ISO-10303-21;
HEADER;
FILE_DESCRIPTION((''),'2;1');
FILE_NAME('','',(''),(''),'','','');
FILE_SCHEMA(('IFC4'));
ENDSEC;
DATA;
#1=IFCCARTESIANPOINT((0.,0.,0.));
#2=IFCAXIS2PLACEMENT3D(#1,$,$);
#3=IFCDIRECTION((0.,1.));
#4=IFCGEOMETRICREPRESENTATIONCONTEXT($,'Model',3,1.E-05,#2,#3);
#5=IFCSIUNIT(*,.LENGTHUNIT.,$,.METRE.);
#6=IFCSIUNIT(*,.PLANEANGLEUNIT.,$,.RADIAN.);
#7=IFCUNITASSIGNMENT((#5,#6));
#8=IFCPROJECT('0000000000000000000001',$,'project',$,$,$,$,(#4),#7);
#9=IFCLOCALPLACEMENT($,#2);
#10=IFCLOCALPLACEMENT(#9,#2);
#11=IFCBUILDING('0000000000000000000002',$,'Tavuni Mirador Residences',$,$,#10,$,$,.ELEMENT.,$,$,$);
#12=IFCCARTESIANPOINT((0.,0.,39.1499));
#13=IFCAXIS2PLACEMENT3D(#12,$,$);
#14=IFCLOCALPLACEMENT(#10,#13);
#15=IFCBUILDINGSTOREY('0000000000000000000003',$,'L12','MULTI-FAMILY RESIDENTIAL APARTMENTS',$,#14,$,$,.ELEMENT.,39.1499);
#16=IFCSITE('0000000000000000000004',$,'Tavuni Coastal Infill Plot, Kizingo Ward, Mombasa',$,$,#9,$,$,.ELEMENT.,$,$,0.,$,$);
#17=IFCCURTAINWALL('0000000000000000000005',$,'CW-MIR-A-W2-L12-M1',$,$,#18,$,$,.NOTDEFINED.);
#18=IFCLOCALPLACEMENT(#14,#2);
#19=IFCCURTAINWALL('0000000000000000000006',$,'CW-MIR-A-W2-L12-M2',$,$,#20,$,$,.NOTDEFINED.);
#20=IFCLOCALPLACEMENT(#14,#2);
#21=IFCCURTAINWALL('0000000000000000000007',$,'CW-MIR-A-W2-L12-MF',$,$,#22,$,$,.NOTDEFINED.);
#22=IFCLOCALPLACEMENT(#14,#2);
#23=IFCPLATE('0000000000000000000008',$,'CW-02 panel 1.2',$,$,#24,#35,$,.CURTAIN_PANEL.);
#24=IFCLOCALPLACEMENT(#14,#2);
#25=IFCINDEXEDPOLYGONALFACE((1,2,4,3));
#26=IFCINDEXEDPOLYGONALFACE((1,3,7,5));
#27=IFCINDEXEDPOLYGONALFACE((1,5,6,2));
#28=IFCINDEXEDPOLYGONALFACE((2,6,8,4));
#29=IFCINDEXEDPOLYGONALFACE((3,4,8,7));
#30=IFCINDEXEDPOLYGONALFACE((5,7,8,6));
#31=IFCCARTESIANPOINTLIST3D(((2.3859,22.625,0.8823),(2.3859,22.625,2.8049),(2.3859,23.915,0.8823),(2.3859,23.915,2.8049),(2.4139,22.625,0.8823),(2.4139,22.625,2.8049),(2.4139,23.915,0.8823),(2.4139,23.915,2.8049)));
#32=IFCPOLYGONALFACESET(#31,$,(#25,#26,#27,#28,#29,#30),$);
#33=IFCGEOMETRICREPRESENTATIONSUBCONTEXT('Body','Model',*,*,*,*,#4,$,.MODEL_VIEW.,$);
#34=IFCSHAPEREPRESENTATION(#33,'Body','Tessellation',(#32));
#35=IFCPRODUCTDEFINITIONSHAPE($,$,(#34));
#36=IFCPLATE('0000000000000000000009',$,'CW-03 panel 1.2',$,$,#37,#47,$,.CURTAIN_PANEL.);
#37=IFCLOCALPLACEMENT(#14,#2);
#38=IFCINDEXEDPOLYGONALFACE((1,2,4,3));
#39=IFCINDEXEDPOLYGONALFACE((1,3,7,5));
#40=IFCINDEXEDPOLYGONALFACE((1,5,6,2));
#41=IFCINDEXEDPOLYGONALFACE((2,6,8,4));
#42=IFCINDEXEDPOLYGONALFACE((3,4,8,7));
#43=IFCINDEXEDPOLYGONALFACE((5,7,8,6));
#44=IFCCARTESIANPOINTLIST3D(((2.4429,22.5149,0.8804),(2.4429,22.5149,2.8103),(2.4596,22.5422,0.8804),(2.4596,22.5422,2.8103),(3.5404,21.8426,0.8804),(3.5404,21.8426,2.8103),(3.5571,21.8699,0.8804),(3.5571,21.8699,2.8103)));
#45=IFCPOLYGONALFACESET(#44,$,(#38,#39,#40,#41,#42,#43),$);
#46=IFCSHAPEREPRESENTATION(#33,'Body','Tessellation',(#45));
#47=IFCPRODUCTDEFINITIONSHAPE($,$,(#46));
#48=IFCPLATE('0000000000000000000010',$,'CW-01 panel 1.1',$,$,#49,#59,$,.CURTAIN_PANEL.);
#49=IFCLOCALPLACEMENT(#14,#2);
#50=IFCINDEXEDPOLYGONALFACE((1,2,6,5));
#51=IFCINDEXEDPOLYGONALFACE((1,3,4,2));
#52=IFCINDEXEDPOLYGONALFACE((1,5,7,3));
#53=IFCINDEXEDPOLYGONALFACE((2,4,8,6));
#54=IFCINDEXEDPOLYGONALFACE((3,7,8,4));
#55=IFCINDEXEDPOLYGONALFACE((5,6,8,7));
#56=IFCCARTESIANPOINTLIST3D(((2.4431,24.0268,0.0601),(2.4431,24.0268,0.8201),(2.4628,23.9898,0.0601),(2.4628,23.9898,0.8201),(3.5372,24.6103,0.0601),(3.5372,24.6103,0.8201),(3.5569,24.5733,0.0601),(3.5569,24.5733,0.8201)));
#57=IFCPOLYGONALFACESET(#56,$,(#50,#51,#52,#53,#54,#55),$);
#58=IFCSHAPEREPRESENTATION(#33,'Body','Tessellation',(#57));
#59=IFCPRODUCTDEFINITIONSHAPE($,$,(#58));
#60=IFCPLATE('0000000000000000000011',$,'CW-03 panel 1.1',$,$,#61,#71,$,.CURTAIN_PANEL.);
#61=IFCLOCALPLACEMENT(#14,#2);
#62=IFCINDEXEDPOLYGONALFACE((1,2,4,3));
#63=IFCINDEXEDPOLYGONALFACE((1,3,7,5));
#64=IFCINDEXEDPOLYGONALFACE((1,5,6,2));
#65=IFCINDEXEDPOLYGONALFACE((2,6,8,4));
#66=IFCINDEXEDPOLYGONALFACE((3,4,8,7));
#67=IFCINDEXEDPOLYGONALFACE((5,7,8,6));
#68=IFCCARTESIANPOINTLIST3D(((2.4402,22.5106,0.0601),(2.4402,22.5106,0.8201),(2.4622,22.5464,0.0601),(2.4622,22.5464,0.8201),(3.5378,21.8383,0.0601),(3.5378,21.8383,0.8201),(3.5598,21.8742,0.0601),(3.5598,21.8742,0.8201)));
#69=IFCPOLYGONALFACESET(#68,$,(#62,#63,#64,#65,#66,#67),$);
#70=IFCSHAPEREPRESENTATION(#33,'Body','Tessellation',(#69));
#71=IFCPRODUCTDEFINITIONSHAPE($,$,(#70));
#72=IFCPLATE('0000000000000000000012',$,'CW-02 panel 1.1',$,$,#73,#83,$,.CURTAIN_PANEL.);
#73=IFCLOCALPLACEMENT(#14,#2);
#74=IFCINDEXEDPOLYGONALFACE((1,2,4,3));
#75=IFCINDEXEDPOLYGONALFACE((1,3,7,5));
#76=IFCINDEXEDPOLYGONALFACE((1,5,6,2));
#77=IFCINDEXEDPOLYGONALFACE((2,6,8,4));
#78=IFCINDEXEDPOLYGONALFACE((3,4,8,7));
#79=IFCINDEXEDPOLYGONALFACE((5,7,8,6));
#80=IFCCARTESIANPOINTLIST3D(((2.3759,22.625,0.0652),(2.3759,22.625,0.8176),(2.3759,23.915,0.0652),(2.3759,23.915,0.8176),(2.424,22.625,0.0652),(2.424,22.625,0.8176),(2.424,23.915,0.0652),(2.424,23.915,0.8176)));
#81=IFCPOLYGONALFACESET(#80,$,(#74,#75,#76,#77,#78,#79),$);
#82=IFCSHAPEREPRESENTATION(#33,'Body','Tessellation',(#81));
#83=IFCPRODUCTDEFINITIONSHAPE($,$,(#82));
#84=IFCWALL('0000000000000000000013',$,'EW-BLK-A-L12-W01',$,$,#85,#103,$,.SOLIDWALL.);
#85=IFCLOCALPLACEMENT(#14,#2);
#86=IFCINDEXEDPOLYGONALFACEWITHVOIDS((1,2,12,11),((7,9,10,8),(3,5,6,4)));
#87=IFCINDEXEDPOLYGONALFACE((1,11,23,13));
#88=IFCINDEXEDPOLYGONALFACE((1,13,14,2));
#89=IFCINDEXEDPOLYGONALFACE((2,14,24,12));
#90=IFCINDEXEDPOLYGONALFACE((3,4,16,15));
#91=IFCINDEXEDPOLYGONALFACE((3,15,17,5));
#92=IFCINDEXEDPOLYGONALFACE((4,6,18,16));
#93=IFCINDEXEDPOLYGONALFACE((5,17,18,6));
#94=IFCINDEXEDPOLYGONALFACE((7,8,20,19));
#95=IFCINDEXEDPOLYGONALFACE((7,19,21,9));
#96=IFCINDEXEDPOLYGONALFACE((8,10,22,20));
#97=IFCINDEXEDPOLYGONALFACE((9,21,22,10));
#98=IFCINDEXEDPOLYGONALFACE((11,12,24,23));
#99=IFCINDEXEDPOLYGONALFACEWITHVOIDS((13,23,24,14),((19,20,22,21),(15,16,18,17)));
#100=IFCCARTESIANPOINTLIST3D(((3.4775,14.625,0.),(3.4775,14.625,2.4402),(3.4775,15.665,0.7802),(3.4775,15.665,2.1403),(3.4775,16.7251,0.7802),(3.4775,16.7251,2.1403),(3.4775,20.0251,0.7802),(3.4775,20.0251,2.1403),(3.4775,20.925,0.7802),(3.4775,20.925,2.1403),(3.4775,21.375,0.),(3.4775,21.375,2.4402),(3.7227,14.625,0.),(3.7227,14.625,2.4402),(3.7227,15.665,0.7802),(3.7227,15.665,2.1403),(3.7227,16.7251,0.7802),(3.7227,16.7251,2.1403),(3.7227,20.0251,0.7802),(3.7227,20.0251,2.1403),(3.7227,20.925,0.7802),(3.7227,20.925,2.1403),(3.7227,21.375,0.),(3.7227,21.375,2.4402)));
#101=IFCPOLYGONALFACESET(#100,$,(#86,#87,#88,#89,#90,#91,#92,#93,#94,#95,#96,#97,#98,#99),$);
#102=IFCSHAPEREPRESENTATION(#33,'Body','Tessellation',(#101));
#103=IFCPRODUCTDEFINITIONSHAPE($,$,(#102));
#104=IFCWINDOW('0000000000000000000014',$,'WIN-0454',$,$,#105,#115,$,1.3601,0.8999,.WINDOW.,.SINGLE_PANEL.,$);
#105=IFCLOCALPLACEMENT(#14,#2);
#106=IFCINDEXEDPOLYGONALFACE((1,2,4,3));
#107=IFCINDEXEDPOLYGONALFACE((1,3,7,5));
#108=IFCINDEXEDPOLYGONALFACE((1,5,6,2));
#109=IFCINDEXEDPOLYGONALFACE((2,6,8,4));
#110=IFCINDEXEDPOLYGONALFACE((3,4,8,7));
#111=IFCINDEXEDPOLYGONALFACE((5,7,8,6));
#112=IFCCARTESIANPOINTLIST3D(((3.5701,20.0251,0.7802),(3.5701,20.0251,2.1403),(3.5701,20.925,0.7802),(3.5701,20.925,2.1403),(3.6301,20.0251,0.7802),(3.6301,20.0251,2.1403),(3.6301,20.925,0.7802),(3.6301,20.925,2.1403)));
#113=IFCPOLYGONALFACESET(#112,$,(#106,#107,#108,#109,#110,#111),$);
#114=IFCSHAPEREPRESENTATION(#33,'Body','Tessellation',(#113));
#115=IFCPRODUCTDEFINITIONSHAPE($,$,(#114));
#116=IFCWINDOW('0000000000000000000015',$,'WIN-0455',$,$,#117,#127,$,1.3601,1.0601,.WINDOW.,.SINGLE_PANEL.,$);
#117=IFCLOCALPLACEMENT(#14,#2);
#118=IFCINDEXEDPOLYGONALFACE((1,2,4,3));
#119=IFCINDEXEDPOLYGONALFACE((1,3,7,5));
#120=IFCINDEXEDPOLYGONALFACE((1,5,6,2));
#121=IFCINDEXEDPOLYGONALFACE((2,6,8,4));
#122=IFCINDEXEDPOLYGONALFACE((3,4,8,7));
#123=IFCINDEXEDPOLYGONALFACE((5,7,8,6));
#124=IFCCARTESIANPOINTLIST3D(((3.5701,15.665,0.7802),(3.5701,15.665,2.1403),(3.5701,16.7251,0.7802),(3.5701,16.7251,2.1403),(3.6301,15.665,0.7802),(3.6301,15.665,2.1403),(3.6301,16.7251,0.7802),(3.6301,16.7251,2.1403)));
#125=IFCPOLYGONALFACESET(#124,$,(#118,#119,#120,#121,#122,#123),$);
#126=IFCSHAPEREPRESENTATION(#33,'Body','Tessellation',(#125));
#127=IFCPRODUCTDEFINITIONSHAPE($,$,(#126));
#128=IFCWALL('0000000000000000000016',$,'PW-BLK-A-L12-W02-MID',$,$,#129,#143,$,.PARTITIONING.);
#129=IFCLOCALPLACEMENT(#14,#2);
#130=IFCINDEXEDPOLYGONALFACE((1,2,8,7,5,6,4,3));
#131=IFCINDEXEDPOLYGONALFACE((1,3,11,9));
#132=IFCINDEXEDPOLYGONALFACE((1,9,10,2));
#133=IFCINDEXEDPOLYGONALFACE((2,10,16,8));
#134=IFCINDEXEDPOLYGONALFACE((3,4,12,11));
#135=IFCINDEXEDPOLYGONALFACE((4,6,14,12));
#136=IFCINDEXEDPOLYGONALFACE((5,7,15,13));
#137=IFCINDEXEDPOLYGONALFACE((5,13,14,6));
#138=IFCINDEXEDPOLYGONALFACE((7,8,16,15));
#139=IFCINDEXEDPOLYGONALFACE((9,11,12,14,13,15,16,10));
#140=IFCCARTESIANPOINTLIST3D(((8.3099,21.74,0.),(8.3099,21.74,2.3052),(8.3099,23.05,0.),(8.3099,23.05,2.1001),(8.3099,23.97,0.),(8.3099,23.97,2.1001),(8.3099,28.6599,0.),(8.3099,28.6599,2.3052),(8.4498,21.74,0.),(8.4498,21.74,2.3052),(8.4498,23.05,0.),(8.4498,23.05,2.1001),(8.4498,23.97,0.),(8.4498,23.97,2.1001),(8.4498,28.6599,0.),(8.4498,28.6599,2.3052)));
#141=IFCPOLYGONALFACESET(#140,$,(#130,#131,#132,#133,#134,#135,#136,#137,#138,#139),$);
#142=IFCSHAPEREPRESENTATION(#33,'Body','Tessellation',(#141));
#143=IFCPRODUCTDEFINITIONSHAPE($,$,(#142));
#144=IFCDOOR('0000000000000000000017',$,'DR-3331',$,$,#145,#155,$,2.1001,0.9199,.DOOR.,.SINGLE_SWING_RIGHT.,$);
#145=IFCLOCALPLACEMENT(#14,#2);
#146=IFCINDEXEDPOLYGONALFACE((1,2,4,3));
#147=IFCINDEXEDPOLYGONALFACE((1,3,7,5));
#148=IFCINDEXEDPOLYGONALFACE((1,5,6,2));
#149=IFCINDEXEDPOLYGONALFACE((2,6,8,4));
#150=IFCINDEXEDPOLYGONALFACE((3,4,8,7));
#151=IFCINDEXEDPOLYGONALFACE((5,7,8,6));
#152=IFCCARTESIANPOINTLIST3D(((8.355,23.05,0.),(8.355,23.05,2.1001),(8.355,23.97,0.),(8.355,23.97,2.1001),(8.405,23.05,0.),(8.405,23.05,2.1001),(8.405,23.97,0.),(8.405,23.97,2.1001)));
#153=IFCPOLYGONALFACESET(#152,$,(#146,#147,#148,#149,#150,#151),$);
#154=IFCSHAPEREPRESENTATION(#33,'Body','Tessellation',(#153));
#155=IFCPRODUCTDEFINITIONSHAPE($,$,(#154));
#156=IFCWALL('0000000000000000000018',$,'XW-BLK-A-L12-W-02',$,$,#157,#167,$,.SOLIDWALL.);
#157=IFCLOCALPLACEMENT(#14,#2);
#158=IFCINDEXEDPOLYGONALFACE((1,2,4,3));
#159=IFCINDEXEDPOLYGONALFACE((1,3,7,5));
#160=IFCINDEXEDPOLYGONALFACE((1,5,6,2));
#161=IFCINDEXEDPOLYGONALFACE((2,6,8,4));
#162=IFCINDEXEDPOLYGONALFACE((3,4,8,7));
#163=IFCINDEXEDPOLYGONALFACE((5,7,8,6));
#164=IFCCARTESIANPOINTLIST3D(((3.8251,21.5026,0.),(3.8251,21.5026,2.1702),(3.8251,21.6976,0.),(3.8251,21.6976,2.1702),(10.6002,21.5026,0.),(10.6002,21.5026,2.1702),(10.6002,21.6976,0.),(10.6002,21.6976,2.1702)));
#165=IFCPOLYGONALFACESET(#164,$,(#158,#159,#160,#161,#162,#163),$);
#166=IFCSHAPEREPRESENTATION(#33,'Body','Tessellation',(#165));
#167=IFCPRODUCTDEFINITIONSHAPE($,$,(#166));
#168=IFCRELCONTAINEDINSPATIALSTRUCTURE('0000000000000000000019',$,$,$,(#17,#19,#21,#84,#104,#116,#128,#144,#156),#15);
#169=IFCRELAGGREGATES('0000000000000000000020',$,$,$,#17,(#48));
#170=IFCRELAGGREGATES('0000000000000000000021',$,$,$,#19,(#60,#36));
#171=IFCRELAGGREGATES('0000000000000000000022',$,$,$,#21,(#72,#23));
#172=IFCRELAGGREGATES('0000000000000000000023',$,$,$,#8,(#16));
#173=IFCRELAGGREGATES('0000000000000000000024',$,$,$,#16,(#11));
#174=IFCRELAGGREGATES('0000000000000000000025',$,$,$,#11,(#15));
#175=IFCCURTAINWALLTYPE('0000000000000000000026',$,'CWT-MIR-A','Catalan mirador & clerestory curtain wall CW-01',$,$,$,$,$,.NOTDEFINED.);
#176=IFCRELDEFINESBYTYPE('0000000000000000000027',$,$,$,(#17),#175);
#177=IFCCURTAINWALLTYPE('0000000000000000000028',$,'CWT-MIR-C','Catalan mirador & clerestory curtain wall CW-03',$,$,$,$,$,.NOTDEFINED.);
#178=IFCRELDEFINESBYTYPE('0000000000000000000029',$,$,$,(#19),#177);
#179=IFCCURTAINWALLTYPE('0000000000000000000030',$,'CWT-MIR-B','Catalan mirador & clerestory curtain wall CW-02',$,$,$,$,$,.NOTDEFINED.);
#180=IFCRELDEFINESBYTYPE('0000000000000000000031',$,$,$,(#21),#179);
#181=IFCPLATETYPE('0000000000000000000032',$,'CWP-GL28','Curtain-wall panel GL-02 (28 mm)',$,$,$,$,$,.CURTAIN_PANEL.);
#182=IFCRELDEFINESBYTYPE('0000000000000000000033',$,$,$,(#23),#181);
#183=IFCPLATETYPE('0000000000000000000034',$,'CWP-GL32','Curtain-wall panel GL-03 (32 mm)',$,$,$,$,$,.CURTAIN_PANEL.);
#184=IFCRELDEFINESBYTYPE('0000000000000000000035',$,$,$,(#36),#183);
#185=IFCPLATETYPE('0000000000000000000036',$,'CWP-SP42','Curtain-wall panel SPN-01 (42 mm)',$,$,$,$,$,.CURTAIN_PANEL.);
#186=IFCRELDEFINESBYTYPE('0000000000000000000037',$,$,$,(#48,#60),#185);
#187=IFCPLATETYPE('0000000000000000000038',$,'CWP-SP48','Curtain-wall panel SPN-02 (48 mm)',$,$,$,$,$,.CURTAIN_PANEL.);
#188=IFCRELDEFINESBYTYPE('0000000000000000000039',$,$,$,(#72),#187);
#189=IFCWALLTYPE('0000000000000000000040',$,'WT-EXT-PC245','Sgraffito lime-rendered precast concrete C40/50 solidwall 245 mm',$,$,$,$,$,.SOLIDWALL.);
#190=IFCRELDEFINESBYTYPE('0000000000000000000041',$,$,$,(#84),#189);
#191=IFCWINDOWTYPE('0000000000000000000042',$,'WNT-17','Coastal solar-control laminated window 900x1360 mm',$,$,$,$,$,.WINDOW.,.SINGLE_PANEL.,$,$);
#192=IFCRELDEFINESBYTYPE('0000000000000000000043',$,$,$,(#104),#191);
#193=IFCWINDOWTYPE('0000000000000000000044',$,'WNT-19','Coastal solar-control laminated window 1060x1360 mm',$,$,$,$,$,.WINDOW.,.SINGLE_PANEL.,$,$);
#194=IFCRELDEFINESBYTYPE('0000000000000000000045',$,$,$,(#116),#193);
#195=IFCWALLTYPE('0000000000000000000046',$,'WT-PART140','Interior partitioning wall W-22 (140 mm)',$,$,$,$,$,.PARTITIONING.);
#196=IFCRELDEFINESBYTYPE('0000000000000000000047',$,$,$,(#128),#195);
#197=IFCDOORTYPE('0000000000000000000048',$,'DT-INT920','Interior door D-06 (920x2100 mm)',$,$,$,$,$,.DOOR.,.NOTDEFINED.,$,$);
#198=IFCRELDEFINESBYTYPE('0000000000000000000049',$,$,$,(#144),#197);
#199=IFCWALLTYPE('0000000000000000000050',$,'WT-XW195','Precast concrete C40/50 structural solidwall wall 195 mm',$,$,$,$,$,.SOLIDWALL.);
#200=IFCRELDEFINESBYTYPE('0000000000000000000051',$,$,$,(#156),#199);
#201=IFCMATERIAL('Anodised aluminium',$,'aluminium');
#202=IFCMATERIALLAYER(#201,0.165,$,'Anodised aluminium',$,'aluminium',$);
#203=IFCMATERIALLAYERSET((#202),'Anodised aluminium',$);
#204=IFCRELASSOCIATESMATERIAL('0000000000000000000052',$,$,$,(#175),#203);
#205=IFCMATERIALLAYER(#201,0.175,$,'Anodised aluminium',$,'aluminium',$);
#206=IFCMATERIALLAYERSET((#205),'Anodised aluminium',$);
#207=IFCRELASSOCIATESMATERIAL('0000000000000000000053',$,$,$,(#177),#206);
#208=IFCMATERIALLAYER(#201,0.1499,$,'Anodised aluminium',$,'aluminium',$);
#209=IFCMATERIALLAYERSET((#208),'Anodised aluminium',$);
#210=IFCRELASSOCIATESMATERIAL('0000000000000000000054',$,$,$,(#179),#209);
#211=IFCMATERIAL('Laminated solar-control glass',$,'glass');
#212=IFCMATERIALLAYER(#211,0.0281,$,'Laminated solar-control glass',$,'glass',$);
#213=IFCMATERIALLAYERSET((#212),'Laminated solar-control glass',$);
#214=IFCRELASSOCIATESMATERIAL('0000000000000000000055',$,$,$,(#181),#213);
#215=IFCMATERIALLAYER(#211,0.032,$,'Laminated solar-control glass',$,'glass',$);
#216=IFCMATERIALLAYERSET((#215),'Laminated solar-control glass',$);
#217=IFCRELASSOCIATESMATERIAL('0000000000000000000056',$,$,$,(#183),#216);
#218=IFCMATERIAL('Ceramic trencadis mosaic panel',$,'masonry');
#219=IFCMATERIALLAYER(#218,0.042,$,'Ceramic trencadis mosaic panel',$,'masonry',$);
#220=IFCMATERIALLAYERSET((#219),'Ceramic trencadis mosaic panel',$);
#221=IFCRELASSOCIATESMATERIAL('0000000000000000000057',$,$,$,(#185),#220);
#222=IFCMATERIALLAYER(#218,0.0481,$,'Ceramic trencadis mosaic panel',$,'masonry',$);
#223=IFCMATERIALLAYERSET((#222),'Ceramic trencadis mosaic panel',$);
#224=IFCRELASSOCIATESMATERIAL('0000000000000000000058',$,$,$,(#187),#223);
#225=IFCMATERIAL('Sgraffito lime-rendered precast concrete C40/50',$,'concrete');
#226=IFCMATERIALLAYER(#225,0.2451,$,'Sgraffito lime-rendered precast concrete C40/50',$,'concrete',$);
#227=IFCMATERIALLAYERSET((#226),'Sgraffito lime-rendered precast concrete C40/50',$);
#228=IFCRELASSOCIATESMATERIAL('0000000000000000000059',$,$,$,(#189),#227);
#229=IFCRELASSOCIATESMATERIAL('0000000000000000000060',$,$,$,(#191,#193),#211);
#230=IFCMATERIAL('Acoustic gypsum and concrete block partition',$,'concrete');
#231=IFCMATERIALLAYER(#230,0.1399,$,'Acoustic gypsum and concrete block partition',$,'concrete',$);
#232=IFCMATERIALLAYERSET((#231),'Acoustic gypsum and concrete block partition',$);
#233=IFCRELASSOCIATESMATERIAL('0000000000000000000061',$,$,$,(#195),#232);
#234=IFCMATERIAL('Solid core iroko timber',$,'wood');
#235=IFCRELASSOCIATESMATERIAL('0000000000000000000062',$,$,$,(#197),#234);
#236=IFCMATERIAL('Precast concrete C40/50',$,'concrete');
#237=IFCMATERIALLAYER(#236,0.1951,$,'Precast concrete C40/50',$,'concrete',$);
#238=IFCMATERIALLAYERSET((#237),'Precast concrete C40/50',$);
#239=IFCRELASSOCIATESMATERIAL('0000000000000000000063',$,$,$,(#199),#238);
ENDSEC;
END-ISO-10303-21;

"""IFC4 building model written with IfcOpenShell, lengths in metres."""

from ifc_helpers import new_model, si_unit, direction, frame, frame_2d, origin, origin_2d, place, context, subcontext, project, spatial, rectangle, extrude, material, layer, layer_set, type_object, element, fill, aggregate, save


model = new_model("IFC4")

# Units and contexts
model_context = context("Model", 3, precision=1e-05, world=origin(), true_north=direction((0.0, 1.0)))
body_context = subcontext(model_context, "Body", "Model", "MODEL_VIEW")
ifc_project = project(units=[si_unit("LENGTHUNIT", "METRE"), si_unit("PLANEANGLEUNIT", "RADIAN")], contexts=[model_context])

# Site, building, storey
site_placement = place(None, origin())
site = spatial("IfcSite", under=ifc_project, at=site_placement, Name="Tavuni Coastal Infill Plot, Kizingo Ward, Mombasa", CompositionType="ELEMENT", RefElevation=0.0)
building_placement = place(site_placement, origin())
building = spatial("IfcBuilding", under=site, at=building_placement, Name="Tavuni Mirador Residences", CompositionType="ELEMENT")
storey_placement = place(building_placement, frame((0.0, 0.0, 39.1499)))
storey = spatial("IfcBuildingStorey", under=building, at=storey_placement, Name="L12", Description="MULTI-FAMILY RESIDENTIAL APARTMENTS", CompositionType="ELEMENT", Elevation=39.1499)

# Shared definitions
ifc_material_1 = material(Name="Precast concrete C40/50", Category="concrete")

# Curtain wall
ifc_material_2 = material(Name="Anodised aluminium", Category="aluminium")
ifc_layer_1 = layer(ifc_material_2, 0.165, Name="Anodised aluminium", Category="aluminium")
ifc_layer_set_1 = layer_set([ifc_layer_1], Name="Anodised aluminium")
curtain_wall_type_1 = type_object("IfcCurtainWallType", Name="CWT-MIR-A", Description="Catalan mirador & clerestory curtain wall CW-01", PredefinedType="NOTDEFINED", material=ifc_layer_set_1)
curtain_wall_1_placement = place(storey_placement, origin())
curtain_wall_1 = element("IfcCurtainWall", 1, at=curtain_wall_1_placement, inside=storey, type_object=curtain_wall_type_1, Name="CW-MIR-A-W2-L12-M1", PredefinedType="NOTDEFINED")

# Curtain walls
ifc_layer_2 = layer(ifc_material_2, 0.175, Name="Anodised aluminium", Category="aluminium")
ifc_layer_set_2 = layer_set([ifc_layer_2], Name="Anodised aluminium")
curtain_wall_type_2 = type_object("IfcCurtainWallType", Name="CWT-MIR-C", Description="Catalan mirador & clerestory curtain wall CW-03", PredefinedType="NOTDEFINED", material=ifc_layer_set_2)
curtain_wall_2_placement = place(storey_placement, origin())
curtain_wall_2 = element("IfcCurtainWall", 2, at=curtain_wall_2_placement, inside=storey, type_object=curtain_wall_type_2, Name="CW-MIR-A-W2-L12-M2", PredefinedType="NOTDEFINED")
ifc_layer_3 = layer(ifc_material_2, 0.1499, Name="Anodised aluminium", Category="aluminium")
ifc_layer_set_3 = layer_set([ifc_layer_3], Name="Anodised aluminium")
curtain_wall_type_3 = type_object("IfcCurtainWallType", Name="CWT-MIR-B", Description="Catalan mirador & clerestory curtain wall CW-02", PredefinedType="NOTDEFINED", material=ifc_layer_set_3)
curtain_wall_3_placement = place(storey_placement, origin())
curtain_wall_3 = element("IfcCurtainWall", 3, at=curtain_wall_3_placement, inside=storey, type_object=curtain_wall_type_3, Name="CW-MIR-A-W2-L12-MF", PredefinedType="NOTDEFINED")

# Plates
ifc_material_3 = material(Name="Laminated solar-control glass", Category="glass")
ifc_layer_4 = layer(ifc_material_3, 0.0281, Name="Laminated solar-control glass", Category="glass")
ifc_layer_set_4 = layer_set([ifc_layer_4], Name="Laminated solar-control glass")
plate_type_1 = type_object("IfcPlateType", Name="CWP-GL28", Description="Curtain-wall panel GL-02 (28 mm)", PredefinedType="CURTAIN_PANEL", material=ifc_layer_set_4)
plate_1_placement = place(storey_placement, frame((2.3999, 23.27, 0.8823), z_axis=(0.0, 0.0, 1.0), x_axis=(0.0, -1.0, 0.0)))
plate_1 = element("IfcPlate", 4, at=plate_1_placement, type_object=plate_type_1, Name="CW-02 panel 1.2", PredefinedType="CURTAIN_PANEL", context=body_context, shape_type="SweptSolid", body=[
    extrude(rectangle(XDim=1.29, YDim=0.0281, at=origin_2d()), origin(), (0.0, 0.0, 1.0), 1.9226),
])
ifc_layer_5 = layer(ifc_material_3, 0.032, Name="Laminated solar-control glass", Category="glass")
ifc_layer_set_5 = layer_set([ifc_layer_5], Name="Laminated solar-control glass")
plate_type_2 = type_object("IfcPlateType", Name="CWP-GL32", Description="Curtain-wall panel GL-03 (32 mm)", PredefinedType="CURTAIN_PANEL", material=ifc_layer_set_5)
plate_2_placement = place(storey_placement, frame((3.0, 22.1924, 0.8804), z_axis=(0.0, 0.0, 1.0), x_axis=(0.852754, -0.522312, 0.0)))
plate_2 = element("IfcPlate", 5, at=plate_2_placement, type_object=plate_type_2, Name="CW-03 panel 1.2", PredefinedType="CURTAIN_PANEL", context=body_context, shape_type="SweptSolid", body=[
    extrude(rectangle(XDim=1.2871, YDim=0.032, at=origin_2d()), origin(), (0.0, 0.0, 1.0), 1.9299),
])
ifc_material_4 = material(Name="Ceramic trencadis mosaic panel", Category="masonry")
ifc_layer_6 = layer(ifc_material_4, 0.042, Name="Ceramic trencadis mosaic panel", Category="masonry")
ifc_layer_set_6 = layer_set([ifc_layer_6], Name="Ceramic trencadis mosaic panel")
plate_type_3 = type_object("IfcPlateType", Name="CWP-SP42", Description="Curtain-wall panel SPN-01 (42 mm)", PredefinedType="CURTAIN_PANEL", material=ifc_layer_set_6)
plate_3_placement = place(storey_placement, frame((3.0, 24.3, 0.0601), z_axis=(0.0, 0.0, 1.0), x_axis=(-0.882353, -0.470588, 0.0)))
plate_3 = element("IfcPlate", 6, at=plate_3_placement, type_object=plate_type_3, Name="CW-01 panel 1.1", PredefinedType="CURTAIN_PANEL", context=body_context, shape_type="SweptSolid", body=[
    extrude(rectangle(XDim=1.24, YDim=0.042, at=origin_2d()), origin(), (0.0, 0.0, 1.0), 0.76),
])
aggregate(curtain_wall_1, [plate_3])
plate_4_placement = place(storey_placement, frame((3.0, 22.1924, 0.0601), z_axis=(0.0, 0.0, 1.0), x_axis=(0.852754, -0.522312, 0.0)))
plate_4 = element("IfcPlate", 7, at=plate_4_placement, type_object=plate_type_3, Name="CW-03 panel 1.1", PredefinedType="CURTAIN_PANEL", context=body_context, shape_type="SweptSolid", body=[
    extrude(rectangle(XDim=1.2871, YDim=0.042, at=origin_2d()), origin(), (0.0, 0.0, 1.0), 0.76),
])
aggregate(curtain_wall_2, [plate_4, plate_2])
ifc_layer_7 = layer(ifc_material_4, 0.0481, Name="Ceramic trencadis mosaic panel", Category="masonry")
ifc_layer_set_7 = layer_set([ifc_layer_7], Name="Ceramic trencadis mosaic panel")
plate_type_4 = type_object("IfcPlateType", Name="CWP-SP48", Description="Curtain-wall panel SPN-02 (48 mm)", PredefinedType="CURTAIN_PANEL", material=ifc_layer_set_7)
plate_5_placement = place(storey_placement, frame((2.3999, 23.27, 0.0652), z_axis=(0.0, 0.0, 1.0), x_axis=(0.0, -1.0, 0.0)))
plate_5 = element("IfcPlate", 8, at=plate_5_placement, type_object=plate_type_4, Name="CW-02 panel 1.1", PredefinedType="CURTAIN_PANEL", context=body_context, shape_type="SweptSolid", body=[
    extrude(rectangle(XDim=1.29, YDim=0.0481, at=origin_2d()), origin(), (0.0, 0.0, 1.0), 0.7524),
])
aggregate(curtain_wall_3, [plate_5, plate_1])

# Shared definitions
ifc_material_5 = material(Name="Solid core iroko timber", Category="wood")

# Wall, openings, windows
ifc_material_6 = material(Name="Sgraffito lime-rendered precast concrete C40/50", Category="concrete")
ifc_layer_8 = layer(ifc_material_6, 0.2451, Name="Sgraffito lime-rendered precast concrete C40/50", Category="concrete")
ifc_layer_set_8 = layer_set([ifc_layer_8], Name="Sgraffito lime-rendered precast concrete C40/50")
wall_type_1 = type_object("IfcWallType", Name="WT-EXT-PC245", Description="Sgraffito lime-rendered precast concrete C40/50 solidwall 245 mm", PredefinedType="SOLIDWALL", material=ifc_layer_set_8)
wall_1_placement = place(storey_placement, frame((3.6001, 21.375, 0.0), z_axis=(0.0, 0.0, 1.0), x_axis=(0.0, -1.0, 0.0)))
wall_1 = element("IfcWall", 9, at=wall_1_placement, inside=storey, type_object=wall_type_1, Name="EW-BLK-A-L12-W01", PredefinedType="SOLIDWALL", context=body_context, shape_type="SweptSolid", body=[
    extrude(rectangle(XDim=6.75, YDim=0.2451, at=frame_2d((3.375, 0.0))), origin(), (0.0, 0.0, 1.0), 2.4402),
])
opening_1_placement = place(wall_1_placement, frame((0.45, 0.0, 0.78)))
opening_1 = element("IfcOpeningElement", 10, at=opening_1_placement, cuts=wall_1, PredefinedType="OPENING", context=body_context, shape_type="SweptSolid", body=[
    extrude(rectangle(XDim=0.8999, YDim=1.3601, at=frame_2d((0.45, 0.6802))), frame((0.0, 0.1326, 0.0), z_axis=(0.0, -1.0, 0.0), x_axis=(1.0, 0.0, 0.0)), (0.0, 0.0, 1.0), 0.2651),
])
opening_2_placement = place(wall_1_placement, frame((4.6499, 0.0, 0.78)))
opening_2 = element("IfcOpeningElement", 11, at=opening_2_placement, cuts=wall_1, PredefinedType="OPENING", context=body_context, shape_type="SweptSolid", body=[
    extrude(rectangle(XDim=1.0601, YDim=1.3601, at=frame_2d((0.53, 0.6802))), frame((0.0, 0.1326, 0.0), z_axis=(0.0, -1.0, 0.0), x_axis=(1.0, 0.0, 0.0)), (0.0, 0.0, 1.0), 0.2651),
])
window_type_1 = type_object("IfcWindowType", Name="WNT-17", Description="Coastal solar-control laminated window 900x1360 mm", PartitioningType="SINGLE_PANEL", PredefinedType="WINDOW", material=ifc_material_3)
window_1_placement = place(opening_1_placement, origin())
window_1 = element("IfcWindow", 12, at=window_1_placement, inside=storey, type_object=window_type_1, Name="WIN-0454", OverallHeight=1.3601, OverallWidth=0.8999, PartitioningType="SINGLE_PANEL", PredefinedType="WINDOW", context=body_context, shape_type="SweptSolid", body=[
    extrude(rectangle(XDim=0.8999, YDim=1.3601, at=frame_2d((0.45, 0.6802))), frame((0.0, 0.03, 0.0), z_axis=(0.0, -1.0, 0.0), x_axis=(1.0, 0.0, 0.0)), (0.0, 0.0, 1.0), 0.0601),
])
fill(opening_1, window_1)
window_type_2 = type_object("IfcWindowType", Name="WNT-19", Description="Coastal solar-control laminated window 1060x1360 mm", PartitioningType="SINGLE_PANEL", PredefinedType="WINDOW", material=ifc_material_3)
window_2_placement = place(opening_2_placement, origin())
window_2 = element("IfcWindow", 13, at=window_2_placement, inside=storey, type_object=window_type_2, Name="WIN-0455", OverallHeight=1.3601, OverallWidth=1.0601, PartitioningType="SINGLE_PANEL", PredefinedType="WINDOW", context=body_context, shape_type="SweptSolid", body=[
    extrude(rectangle(XDim=1.0601, YDim=1.3601, at=frame_2d((0.53, 0.6802))), frame((0.0, 0.03, 0.0), z_axis=(0.0, -1.0, 0.0), x_axis=(1.0, 0.0, 0.0)), (0.0, 0.0, 1.0), 0.0601),
])
fill(opening_2, window_2)

# Wall, opening, door
ifc_material_7 = material(Name="Acoustic gypsum and concrete block partition", Category="concrete")
ifc_layer_9 = layer(ifc_material_7, 0.1399, Name="Acoustic gypsum and concrete block partition", Category="concrete")
ifc_layer_set_9 = layer_set([ifc_layer_9], Name="Acoustic gypsum and concrete block partition")
wall_type_2 = type_object("IfcWallType", Name="WT-PART140", Description="Interior partitioning wall W-22 (140 mm)", PredefinedType="PARTITIONING", material=ifc_layer_set_9)
wall_2_placement = place(storey_placement, frame((8.3799, 21.74, 0.0), z_axis=(0.0, 0.0, 1.0), x_axis=(0.0, 1.0, 0.0)))
wall_2 = element("IfcWall", 14, at=wall_2_placement, inside=storey, type_object=wall_type_2, Name="PW-BLK-A-L12-W02-MID", PredefinedType="PARTITIONING", context=body_context, shape_type="SweptSolid", body=[
    extrude(rectangle(XDim=6.9199, YDim=0.1399, at=frame_2d((3.46, 0.0))), origin(), (0.0, 0.0, 1.0), 2.3052),
])
opening_3_placement = place(wall_2_placement, frame((1.3101, 0.0, 0.0)))
opening_3 = element("IfcOpeningElement", 15, at=opening_3_placement, cuts=wall_2, PredefinedType="OPENING", context=body_context, shape_type="SweptSolid", body=[
    extrude(rectangle(XDim=0.9199, YDim=2.1001, at=frame_2d((0.46, 1.05))), frame((0.0, 0.0801, 0.0), z_axis=(0.0, -1.0, 0.0), x_axis=(1.0, 0.0, 0.0)), (0.0, 0.0, 1.0), 0.1599),
])
door_type_1 = type_object("IfcDoorType", Name="DT-INT920", Description="Interior door D-06 (920x2100 mm)", OperationType="NOTDEFINED", PredefinedType="DOOR", material=ifc_material_5)
door_1_placement = place(opening_3_placement, origin())
door_1 = element("IfcDoor", 16, at=door_1_placement, inside=storey, type_object=door_type_1, Name="DR-3331", OperationType="SINGLE_SWING_RIGHT", OverallHeight=2.1001, OverallWidth=0.9199, PredefinedType="DOOR", context=body_context, shape_type="SweptSolid", body=[
    extrude(rectangle(XDim=0.9199, YDim=2.1001, at=frame_2d((0.46, 1.05))), frame((0.0, 0.0249, 0.0), z_axis=(0.0, -1.0, 0.0), x_axis=(1.0, 0.0, 0.0)), (0.0, 0.0, 1.0), 0.05),
])
fill(opening_3, door_1)

# Wall
ifc_layer_10 = layer(ifc_material_1, 0.1951, Name="Precast concrete C40/50", Category="concrete")
ifc_layer_set_10 = layer_set([ifc_layer_10], Name="Precast concrete C40/50")
wall_type_3 = type_object("IfcWallType", Name="WT-XW195", Description="Precast concrete C40/50 structural solidwall wall 195 mm", PredefinedType="SOLIDWALL", material=ifc_layer_set_10)
wall_3_placement = place(storey_placement, frame((3.825, 21.6001, 0.0), z_axis=(0.0, 0.0, 1.0), x_axis=(1.0, 0.0, 0.0)))
element("IfcWall", 17, at=wall_3_placement, inside=storey, type_object=wall_type_3, Name="XW-BLK-A-L12-W-02", PredefinedType="SOLIDWALL", context=body_context, shape_type="SweptSolid", body=[
    extrude(rectangle(XDim=6.7751, YDim=0.1951, at=frame_2d((3.3877, 0.0))), origin(), (0.0, 0.0, 1.0), 2.1702),
])

save(model, "model.ifc")
